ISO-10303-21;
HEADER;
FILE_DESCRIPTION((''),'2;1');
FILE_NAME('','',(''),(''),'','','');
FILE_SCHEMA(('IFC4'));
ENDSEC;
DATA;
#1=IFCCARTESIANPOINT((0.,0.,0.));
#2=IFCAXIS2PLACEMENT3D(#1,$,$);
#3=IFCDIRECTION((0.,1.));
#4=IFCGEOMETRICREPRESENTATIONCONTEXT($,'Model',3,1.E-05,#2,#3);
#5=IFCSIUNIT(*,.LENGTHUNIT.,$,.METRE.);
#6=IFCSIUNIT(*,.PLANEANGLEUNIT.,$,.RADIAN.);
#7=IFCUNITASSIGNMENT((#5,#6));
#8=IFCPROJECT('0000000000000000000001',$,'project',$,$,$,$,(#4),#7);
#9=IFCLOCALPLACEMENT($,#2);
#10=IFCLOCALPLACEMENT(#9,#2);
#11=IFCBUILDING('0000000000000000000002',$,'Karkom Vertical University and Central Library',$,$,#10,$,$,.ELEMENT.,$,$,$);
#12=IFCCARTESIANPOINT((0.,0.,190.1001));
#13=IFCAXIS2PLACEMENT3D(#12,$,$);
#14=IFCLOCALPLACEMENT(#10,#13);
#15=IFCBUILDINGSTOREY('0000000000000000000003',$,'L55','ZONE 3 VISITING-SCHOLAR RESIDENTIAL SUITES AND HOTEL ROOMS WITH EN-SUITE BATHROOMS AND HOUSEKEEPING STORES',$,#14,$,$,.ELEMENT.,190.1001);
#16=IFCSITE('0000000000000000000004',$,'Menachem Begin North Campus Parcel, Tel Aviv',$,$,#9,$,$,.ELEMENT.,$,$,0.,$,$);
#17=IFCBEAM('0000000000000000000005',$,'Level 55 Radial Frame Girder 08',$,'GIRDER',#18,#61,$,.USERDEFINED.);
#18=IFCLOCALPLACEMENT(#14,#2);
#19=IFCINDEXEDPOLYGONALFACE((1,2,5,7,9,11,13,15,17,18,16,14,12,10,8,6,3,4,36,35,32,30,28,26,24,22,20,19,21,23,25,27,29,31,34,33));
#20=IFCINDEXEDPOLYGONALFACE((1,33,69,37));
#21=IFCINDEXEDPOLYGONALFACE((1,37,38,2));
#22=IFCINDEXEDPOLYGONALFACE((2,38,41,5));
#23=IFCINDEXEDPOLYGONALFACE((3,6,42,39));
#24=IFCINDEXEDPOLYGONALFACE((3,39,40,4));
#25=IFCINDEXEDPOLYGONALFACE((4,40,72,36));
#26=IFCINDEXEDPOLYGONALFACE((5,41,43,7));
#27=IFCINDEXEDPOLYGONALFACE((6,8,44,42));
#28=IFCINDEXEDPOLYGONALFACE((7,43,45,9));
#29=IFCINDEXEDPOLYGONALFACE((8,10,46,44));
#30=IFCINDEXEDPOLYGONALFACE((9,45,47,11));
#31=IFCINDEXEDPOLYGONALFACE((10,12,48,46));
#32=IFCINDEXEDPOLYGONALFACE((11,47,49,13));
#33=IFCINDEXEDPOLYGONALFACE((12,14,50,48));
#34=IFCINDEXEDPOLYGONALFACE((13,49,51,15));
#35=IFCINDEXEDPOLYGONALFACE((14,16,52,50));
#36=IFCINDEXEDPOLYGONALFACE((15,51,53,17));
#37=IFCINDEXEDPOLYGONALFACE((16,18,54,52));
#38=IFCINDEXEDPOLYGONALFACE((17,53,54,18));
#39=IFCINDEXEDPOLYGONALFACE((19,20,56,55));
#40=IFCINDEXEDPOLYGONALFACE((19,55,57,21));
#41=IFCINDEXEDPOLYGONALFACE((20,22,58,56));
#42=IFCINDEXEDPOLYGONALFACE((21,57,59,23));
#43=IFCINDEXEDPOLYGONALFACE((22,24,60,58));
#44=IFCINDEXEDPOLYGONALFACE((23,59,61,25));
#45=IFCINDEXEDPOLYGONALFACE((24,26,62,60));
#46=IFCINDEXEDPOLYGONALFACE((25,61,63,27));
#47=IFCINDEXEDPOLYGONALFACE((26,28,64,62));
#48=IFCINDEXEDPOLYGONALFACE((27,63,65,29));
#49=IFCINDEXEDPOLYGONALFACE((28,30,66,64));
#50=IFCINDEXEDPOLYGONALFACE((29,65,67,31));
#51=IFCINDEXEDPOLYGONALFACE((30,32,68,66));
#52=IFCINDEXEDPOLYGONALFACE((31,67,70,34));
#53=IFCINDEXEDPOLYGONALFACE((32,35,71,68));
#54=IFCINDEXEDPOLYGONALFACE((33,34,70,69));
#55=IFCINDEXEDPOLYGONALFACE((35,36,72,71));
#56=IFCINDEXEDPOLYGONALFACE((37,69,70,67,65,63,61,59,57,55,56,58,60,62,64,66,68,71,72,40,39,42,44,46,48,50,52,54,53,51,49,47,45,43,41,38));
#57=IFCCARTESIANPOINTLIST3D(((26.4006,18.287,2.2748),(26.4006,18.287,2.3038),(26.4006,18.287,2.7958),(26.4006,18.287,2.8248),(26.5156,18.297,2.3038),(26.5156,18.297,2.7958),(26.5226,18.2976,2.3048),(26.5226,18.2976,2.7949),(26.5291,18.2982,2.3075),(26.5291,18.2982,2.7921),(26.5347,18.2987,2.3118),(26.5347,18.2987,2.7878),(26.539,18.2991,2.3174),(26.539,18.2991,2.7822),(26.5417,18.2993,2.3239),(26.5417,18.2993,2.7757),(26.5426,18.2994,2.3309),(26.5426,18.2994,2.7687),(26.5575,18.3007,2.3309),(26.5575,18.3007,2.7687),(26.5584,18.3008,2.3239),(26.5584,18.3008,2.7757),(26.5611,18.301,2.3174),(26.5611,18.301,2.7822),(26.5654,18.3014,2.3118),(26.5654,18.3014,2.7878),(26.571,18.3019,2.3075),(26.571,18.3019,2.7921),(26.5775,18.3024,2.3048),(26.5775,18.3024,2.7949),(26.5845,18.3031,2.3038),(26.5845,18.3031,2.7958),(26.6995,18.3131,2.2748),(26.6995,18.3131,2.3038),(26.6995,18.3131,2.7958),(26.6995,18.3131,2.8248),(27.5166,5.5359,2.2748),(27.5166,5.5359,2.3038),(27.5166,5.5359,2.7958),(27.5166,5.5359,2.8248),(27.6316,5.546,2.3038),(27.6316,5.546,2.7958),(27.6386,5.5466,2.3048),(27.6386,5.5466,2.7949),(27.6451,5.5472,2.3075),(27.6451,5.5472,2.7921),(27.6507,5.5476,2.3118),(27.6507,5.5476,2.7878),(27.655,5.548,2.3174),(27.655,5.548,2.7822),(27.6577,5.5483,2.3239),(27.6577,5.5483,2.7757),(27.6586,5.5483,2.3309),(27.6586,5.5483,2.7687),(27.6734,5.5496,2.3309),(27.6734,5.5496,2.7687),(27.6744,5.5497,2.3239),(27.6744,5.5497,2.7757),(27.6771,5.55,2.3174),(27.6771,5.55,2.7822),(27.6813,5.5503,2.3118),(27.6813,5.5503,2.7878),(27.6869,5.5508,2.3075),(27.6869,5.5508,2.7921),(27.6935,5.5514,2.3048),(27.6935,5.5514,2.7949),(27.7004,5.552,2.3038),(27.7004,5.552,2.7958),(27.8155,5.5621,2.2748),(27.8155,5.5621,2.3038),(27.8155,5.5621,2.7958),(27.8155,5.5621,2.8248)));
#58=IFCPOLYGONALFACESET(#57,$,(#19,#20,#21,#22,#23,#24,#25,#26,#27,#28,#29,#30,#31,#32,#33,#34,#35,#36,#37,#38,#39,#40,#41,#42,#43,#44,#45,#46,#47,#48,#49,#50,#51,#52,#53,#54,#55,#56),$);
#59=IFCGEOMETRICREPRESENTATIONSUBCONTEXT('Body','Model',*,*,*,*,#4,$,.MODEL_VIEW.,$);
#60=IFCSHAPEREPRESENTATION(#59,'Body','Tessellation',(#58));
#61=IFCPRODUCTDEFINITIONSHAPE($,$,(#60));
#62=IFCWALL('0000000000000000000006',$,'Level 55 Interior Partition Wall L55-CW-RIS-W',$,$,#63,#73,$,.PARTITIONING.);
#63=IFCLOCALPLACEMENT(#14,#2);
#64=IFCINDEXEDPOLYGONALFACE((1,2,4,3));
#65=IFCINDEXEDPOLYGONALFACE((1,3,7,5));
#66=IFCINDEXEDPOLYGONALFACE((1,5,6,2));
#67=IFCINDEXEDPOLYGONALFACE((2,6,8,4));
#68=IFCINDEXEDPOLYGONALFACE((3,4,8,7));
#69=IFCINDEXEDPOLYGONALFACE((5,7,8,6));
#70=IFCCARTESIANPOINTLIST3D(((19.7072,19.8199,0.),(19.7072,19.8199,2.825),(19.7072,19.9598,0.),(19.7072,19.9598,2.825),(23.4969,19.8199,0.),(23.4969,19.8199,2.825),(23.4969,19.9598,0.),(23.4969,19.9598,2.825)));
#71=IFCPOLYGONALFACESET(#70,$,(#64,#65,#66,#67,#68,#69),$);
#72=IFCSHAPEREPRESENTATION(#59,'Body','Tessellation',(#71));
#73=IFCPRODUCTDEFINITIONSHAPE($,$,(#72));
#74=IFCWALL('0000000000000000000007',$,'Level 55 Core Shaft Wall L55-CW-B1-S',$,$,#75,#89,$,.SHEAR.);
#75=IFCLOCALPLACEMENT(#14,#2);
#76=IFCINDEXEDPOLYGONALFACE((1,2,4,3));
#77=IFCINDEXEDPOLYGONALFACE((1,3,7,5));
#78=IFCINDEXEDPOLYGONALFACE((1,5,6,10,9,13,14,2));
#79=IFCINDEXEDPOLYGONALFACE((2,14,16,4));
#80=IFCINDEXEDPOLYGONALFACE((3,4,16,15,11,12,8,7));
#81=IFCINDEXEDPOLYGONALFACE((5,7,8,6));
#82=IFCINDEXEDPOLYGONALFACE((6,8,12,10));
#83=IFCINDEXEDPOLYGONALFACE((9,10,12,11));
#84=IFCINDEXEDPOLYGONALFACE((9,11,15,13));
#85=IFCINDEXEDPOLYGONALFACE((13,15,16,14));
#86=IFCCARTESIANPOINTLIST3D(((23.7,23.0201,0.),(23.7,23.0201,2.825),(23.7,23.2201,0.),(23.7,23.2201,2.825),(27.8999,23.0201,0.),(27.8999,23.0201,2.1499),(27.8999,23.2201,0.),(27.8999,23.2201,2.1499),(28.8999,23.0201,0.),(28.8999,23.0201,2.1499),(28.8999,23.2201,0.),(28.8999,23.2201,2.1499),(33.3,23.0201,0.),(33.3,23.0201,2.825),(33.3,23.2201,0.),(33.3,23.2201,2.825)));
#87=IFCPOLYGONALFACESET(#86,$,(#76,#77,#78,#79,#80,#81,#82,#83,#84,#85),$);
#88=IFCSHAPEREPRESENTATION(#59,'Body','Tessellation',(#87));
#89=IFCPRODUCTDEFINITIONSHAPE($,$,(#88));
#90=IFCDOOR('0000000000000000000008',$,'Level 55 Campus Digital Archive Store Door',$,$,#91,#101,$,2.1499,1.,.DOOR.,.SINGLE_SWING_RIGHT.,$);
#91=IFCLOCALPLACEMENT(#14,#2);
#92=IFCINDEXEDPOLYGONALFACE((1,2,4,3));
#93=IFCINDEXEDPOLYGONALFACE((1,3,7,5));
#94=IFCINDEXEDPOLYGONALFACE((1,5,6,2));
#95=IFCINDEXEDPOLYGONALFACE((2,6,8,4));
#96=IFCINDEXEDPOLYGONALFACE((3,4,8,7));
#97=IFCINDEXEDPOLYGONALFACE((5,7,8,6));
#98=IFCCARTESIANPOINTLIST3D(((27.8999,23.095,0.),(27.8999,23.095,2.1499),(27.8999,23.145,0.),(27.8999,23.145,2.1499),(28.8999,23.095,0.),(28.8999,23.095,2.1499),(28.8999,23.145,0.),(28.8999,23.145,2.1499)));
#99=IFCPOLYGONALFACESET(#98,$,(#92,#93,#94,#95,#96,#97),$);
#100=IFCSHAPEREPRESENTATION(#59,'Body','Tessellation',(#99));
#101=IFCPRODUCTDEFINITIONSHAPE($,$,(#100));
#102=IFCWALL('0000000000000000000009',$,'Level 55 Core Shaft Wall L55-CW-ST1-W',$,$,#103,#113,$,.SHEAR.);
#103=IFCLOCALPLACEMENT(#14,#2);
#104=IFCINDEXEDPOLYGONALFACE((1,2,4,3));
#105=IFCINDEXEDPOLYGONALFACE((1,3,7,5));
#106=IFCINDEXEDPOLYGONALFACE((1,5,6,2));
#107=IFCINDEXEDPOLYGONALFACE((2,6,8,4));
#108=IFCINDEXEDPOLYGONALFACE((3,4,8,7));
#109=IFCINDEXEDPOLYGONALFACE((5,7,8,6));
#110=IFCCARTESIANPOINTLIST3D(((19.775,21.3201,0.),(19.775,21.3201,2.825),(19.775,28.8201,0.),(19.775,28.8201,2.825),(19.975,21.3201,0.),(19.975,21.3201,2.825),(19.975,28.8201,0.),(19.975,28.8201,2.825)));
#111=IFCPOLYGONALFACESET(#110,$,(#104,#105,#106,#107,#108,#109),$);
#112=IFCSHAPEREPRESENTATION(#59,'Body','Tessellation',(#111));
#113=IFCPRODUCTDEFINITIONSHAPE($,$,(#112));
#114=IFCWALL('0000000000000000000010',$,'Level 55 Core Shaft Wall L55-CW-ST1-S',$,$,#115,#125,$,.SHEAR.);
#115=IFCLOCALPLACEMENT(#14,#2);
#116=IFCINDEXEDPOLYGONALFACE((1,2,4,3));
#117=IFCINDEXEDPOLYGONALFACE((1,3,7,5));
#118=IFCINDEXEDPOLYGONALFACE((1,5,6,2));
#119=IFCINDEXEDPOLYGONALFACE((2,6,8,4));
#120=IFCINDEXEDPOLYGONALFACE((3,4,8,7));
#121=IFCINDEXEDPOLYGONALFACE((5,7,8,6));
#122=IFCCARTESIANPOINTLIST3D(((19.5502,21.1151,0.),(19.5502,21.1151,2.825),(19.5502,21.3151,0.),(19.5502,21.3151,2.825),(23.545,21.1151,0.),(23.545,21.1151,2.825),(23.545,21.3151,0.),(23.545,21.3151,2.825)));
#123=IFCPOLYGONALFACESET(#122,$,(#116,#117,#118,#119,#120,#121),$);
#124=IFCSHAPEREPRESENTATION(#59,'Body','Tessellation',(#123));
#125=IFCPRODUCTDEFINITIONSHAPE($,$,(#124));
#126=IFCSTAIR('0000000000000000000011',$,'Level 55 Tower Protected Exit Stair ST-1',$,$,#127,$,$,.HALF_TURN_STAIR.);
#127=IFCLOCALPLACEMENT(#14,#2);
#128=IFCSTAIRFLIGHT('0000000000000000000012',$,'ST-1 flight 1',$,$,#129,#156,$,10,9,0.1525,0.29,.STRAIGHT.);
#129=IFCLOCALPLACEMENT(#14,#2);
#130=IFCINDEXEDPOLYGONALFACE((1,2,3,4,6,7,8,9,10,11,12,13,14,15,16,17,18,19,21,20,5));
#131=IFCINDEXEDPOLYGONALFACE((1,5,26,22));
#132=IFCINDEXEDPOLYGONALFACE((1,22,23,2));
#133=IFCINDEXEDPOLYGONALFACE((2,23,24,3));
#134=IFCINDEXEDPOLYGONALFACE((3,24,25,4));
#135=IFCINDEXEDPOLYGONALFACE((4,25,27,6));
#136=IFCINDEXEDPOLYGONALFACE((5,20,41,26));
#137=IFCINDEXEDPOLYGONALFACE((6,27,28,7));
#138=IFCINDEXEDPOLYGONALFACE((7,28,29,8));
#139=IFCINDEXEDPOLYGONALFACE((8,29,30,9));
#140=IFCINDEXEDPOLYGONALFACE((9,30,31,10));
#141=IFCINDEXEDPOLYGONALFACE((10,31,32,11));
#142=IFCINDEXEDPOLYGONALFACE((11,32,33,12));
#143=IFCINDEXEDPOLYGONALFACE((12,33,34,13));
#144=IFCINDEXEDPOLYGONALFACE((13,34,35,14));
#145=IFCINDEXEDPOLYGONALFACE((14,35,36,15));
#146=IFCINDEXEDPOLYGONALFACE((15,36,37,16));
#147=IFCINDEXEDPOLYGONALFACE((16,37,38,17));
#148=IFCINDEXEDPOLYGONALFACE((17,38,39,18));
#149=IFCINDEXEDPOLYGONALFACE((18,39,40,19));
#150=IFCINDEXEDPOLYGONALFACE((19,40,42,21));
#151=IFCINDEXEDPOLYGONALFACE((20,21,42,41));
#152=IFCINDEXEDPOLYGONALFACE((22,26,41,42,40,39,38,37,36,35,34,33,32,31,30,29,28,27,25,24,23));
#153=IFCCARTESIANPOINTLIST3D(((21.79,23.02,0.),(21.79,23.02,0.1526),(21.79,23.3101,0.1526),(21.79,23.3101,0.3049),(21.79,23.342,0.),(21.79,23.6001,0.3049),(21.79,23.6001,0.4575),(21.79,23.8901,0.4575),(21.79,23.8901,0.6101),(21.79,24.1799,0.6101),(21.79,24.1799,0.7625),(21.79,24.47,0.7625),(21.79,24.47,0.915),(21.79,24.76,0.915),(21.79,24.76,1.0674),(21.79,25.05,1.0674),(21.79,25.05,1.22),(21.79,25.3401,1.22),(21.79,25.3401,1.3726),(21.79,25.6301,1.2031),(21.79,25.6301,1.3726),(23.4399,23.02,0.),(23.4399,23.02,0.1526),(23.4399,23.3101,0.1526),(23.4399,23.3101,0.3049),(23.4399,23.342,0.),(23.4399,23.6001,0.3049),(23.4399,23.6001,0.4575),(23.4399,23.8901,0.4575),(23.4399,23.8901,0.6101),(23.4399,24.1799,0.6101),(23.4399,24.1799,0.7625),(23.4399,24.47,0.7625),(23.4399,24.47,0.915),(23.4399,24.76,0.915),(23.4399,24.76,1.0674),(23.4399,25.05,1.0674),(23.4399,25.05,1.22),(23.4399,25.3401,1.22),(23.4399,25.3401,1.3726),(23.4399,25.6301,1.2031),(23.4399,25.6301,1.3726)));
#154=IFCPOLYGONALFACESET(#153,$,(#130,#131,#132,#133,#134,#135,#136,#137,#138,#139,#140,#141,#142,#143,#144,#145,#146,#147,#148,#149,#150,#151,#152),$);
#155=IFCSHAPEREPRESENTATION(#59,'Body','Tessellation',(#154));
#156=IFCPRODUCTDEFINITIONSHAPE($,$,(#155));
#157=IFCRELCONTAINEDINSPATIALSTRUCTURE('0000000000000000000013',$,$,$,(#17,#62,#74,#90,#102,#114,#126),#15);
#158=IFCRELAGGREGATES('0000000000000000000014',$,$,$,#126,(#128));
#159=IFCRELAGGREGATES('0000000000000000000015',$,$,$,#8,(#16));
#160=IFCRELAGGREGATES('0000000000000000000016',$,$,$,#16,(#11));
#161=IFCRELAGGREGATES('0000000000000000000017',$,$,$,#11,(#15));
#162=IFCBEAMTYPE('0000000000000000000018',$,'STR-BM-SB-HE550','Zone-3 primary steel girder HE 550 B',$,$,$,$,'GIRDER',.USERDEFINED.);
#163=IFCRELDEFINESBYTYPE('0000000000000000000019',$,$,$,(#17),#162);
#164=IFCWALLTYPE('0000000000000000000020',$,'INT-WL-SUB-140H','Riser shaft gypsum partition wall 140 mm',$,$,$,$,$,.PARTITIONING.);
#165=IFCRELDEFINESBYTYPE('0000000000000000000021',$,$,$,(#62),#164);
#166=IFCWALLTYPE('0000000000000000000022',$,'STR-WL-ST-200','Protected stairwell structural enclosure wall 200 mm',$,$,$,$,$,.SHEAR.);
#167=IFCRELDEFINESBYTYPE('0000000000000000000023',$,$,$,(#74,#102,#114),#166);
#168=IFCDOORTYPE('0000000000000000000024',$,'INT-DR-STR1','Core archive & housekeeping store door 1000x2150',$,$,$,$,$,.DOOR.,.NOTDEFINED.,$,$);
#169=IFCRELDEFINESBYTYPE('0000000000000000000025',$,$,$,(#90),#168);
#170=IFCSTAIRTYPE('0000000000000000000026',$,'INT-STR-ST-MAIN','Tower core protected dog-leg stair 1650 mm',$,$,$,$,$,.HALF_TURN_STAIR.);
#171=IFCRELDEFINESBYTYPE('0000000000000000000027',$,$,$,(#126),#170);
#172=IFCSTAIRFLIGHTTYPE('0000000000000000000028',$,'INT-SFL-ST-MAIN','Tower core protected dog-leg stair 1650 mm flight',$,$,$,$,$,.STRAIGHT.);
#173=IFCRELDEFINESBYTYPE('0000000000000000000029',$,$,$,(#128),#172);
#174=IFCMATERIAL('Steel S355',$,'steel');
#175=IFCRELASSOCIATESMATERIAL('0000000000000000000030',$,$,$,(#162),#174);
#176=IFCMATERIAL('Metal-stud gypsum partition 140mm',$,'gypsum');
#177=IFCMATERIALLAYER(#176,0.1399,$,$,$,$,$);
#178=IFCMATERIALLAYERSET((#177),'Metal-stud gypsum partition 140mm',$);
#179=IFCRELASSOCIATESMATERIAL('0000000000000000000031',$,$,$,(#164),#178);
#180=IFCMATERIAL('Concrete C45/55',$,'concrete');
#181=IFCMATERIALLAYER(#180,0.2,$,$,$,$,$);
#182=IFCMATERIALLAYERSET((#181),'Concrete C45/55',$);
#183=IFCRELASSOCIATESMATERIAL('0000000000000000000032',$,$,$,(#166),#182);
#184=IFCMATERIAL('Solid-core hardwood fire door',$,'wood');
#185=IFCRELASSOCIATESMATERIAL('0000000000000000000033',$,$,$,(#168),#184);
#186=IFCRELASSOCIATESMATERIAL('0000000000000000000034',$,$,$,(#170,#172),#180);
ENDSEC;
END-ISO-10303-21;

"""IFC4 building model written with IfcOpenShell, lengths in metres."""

from ifc_helpers import new_model, si_unit, direction, frame, frame_2d, origin, origin_with_axes, origin_2d, place, context, subcontext, project, spatial, polyline, rectangle, i_section, outline, extrude, source, transform, mapped, material, layer, layer_set, material_profile, profile_set, type_object, element, fill, aggregate, save


model = new_model("IFC4")

# Units and contexts
model_context = context("Model", 3, precision=1e-05, world=origin(), true_north=direction((0.0, 1.0)))
body_context = subcontext(model_context, "Body", "Model", "MODEL_VIEW")
ifc_project = project(units=[si_unit("LENGTHUNIT", "METRE"), si_unit("PLANEANGLEUNIT", "RADIAN")], contexts=[model_context])

# Site, building, storey
site_placement = place(None, origin())
site = spatial("IfcSite", under=ifc_project, at=site_placement, Name="Menachem Begin North Campus Parcel, Tel Aviv", CompositionType="ELEMENT", RefElevation=0.0)
building_placement = place(site_placement, origin())
building = spatial("IfcBuilding", under=site, at=building_placement, Name="Karkom Vertical University and Central Library", CompositionType="ELEMENT")
storey_placement = place(building_placement, frame((0.0, 0.0, 190.1001)))
storey = spatial("IfcBuildingStorey", under=building, at=storey_placement, Name="L55", Description="ZONE 3 VISITING-SCHOLAR RESIDENTIAL SUITES AND HOTEL ROOMS WITH EN-SUITE BATHROOMS AND HOUSEKEEPING STORES", CompositionType="ELEMENT", Elevation=190.1001)

# Beam
ifc_material_1 = material(Name="Steel S355", Category="steel")
ifc_material_profile = material_profile(ifc_material_1, i_section(OverallWidth=0.3, OverallDepth=0.55, WebThickness=0.0149, FlangeThickness=0.0291, FilletRadius=0.0271, at=origin_2d()), Name="HE 550 B")
ifc_profile_set = profile_set([ifc_material_profile], Name="Steel S355")
beam_type = type_object("IfcBeamType", Name="STR-BM-SB-HE550", Description="Zone-3 primary steel girder HE 550 B", ElementType="GIRDER", PredefinedType="USERDEFINED", material=ifc_profile_set)
shared_shape_1 = source(origin_with_axes(), body_context, "Body", "SweptSolid", [
    extrude(i_section(OverallWidth=0.3, OverallDepth=0.55, WebThickness=0.0149, FlangeThickness=0.0291, FilletRadius=0.0271, at=origin_2d()), origin(), (0.0, 0.0, 1.0), 12.7998),
])
beam_placement = place(storey_placement, frame((26.55, 18.3, 2.5498), z_axis=(0.087187, -0.996192, 0.0), x_axis=(0.996192, 0.087187, 0.0)))
element("IfcBeam", 1, at=beam_placement, inside=storey, type_object=beam_type, Name="Level 55 Radial Frame Girder 08", ObjectType="GIRDER", PredefinedType="USERDEFINED", context=body_context, shape_type="MappedRepresentation", body=[
    mapped(shared_shape_1, transform((0.0, 0.0, 0.0), scale=1.0)),
])

# Wall
ifc_material_2 = material(Name="Metal-stud gypsum partition 140mm", Category="gypsum")
ifc_layer_1 = layer(ifc_material_2, 0.1399)
ifc_layer_set_1 = layer_set([ifc_layer_1], Name="Metal-stud gypsum partition 140mm")
wall_type_1 = type_object("IfcWallType", Name="INT-WL-SUB-140H", Description="Riser shaft gypsum partition wall 140 mm", PredefinedType="PARTITIONING", material=ifc_layer_set_1)
wall_1_placement = place(storey_placement, frame((19.707, 19.8899, 0.0), z_axis=(0.0, 0.0, 1.0), x_axis=(1.0, 0.0, 0.0)))
element("IfcWall", 2, at=wall_1_placement, inside=storey, type_object=wall_type_1, Name="Level 55 Interior Partition Wall L55-CW-RIS-W", PredefinedType="PARTITIONING", context=body_context, shape_type="SweptSolid", body=[
    extrude(rectangle(XDim=3.7898, YDim=0.1399, at=frame_2d((1.895, 0.0))), origin(), (0.0, 0.0, 1.0), 2.825),
])

# Shared definitions
ifc_material_3 = material(Name="Concrete C45/55", Category="concrete")
ifc_layer_2 = layer(ifc_material_3, 0.2)
ifc_layer_set_2 = layer_set([ifc_layer_2], Name="Concrete C45/55")
wall_type_2 = type_object("IfcWallType", Name="STR-WL-ST-200", Description="Protected stairwell structural enclosure wall 200 mm", PredefinedType="SHEAR", material=ifc_layer_set_2)

# Wall, opening, door
wall_2_placement = place(storey_placement, frame((23.7, 23.1201, 0.0), z_axis=(0.0, 0.0, 1.0), x_axis=(1.0, 0.0, 0.0)))
wall_2 = element("IfcWall", 3, at=wall_2_placement, inside=storey, type_object=wall_type_2, Name="Level 55 Core Shaft Wall L55-CW-B1-S", PredefinedType="SHEAR", context=body_context, shape_type="SweptSolid", body=[
    extrude(rectangle(XDim=9.6001, YDim=0.2, at=frame_2d((4.8, 0.0))), origin(), (0.0, 0.0, 1.0), 2.825),
])
opening_1_placement = place(wall_2_placement, frame((4.2, 0.0, 0.0)))
opening_1 = element("IfcOpeningElement", 4, at=opening_1_placement, cuts=wall_2, PredefinedType="OPENING", context=body_context, shape_type="SweptSolid", body=[
    extrude(rectangle(XDim=1.0, YDim=2.1499, at=frame_2d((0.5, 1.075))), frame((0.0, 0.1099, 0.0), z_axis=(0.0, -1.0, 0.0), x_axis=(1.0, 0.0, 0.0)), (0.0, 0.0, 1.0), 0.22),
])
ifc_material_4 = material(Name="Solid-core hardwood fire door", Category="wood")
door_type_1 = type_object("IfcDoorType", Name="INT-DR-STR1", Description="Core archive & housekeeping store door 1000x2150", OperationType="NOTDEFINED", PredefinedType="DOOR", material=ifc_material_4)
shared_shape_2 = source(origin_with_axes(), body_context, "Body", "SweptSolid", [
    extrude(rectangle(XDim=1.0, YDim=2.1499, at=frame_2d((0.5, 1.075))), frame((0.0, 0.0249, 0.0), z_axis=(0.0, -1.0, 0.0), x_axis=(1.0, 0.0, 0.0)), (0.0, 0.0, 1.0), 0.05),
])
door_1_placement = place(opening_1_placement, origin())
door_1 = element("IfcDoor", 5, at=door_1_placement, inside=storey, type_object=door_type_1, Name="Level 55 Campus Digital Archive Store Door", OperationType="SINGLE_SWING_RIGHT", OverallHeight=2.1499, OverallWidth=1.0, PredefinedType="DOOR", context=body_context, shape_type="MappedRepresentation", body=[
    mapped(shared_shape_2, transform((0.0, 0.0, 0.0), scale=1.0)),
])
fill(opening_1, door_1)

# Walls
wall_3_placement = place(storey_placement, frame((19.875, 21.3201, 0.0), z_axis=(0.0, 0.0, 1.0), x_axis=(0.0, 1.0, 0.0)))
element("IfcWall", 6, at=wall_3_placement, inside=storey, type_object=wall_type_2, Name="Level 55 Core Shaft Wall L55-CW-ST1-W", PredefinedType="SHEAR", context=body_context, shape_type="SweptSolid", body=[
    extrude(rectangle(XDim=7.5, YDim=0.2, at=frame_2d((3.75, 0.0))), origin(), (0.0, 0.0, 1.0), 2.825),
])
wall_4_placement = place(storey_placement, frame((19.55, 21.2151, 0.0), z_axis=(0.0, 0.0, 1.0), x_axis=(1.0, 0.0, 0.0)))
element("IfcWall", 7, at=wall_4_placement, inside=storey, type_object=wall_type_2, Name="Level 55 Core Shaft Wall L55-CW-ST1-S", PredefinedType="SHEAR", context=body_context, shape_type="SweptSolid", body=[
    extrude(rectangle(XDim=3.9949, YDim=0.2, at=frame_2d((1.9976, 0.0))), origin(), (0.0, 0.0, 1.0), 2.825),
])

# Stair, stair flight
stair_type = type_object("IfcStairType", Name="INT-STR-ST-MAIN", Description="Tower core protected dog-leg stair 1650 mm", PredefinedType="HALF_TURN_STAIR", material=ifc_material_3)
stair_placement = place(storey_placement, origin())
stair = element("IfcStair", 8, at=stair_placement, inside=storey, type_object=stair_type, Name="Level 55 Tower Protected Exit Stair ST-1", PredefinedType="HALF_TURN_STAIR")
stair_flight_type = type_object("IfcStairFlightType", Name="INT-SFL-ST-MAIN", Description="Tower core protected dog-leg stair 1650 mm flight", PredefinedType="STRAIGHT", material=ifc_material_3)
stair_flight_1_placement = place(storey_placement, frame((22.615, 23.02, 0.0), z_axis=(0.0, 0.0, 1.0), x_axis=(0.0, 1.0, 0.0)))
stair_flight_1 = element("IfcStairFlight", 9, at=stair_flight_1_placement, type_object=stair_flight_type, Name="ST-1 flight 1", NumberOfRisers=10, NumberOfTreads=9, PredefinedType="STRAIGHT", RiserHeight=0.1525, TreadLength=0.29, context=body_context, shape_type="SweptSolid", body=[
    extrude(outline(polyline([(0.0, 0.0), (0.0, 0.1526), (0.29, 0.1526), (0.29, 0.3049), (0.5801, 0.3049), (0.5801, 0.4575), (0.8701, 0.4575), (0.8701, 0.6101), (1.1599, 0.6101), (1.1599, 0.7625), (1.45, 0.7625), (1.45, 0.915), (1.74, 0.915), (1.74, 1.0674), (2.03, 1.0674), (2.03, 1.22), (2.3201, 1.22), (2.3201, 1.3726), (2.6101, 1.3726), (2.6101, 1.5249), (2.6101, 1.2031), (0.322, 0.0), (0.0, 0.0)])), frame((0.0, 0.825, 0.0), z_axis=(0.0, -1.0, 0.0), x_axis=(1.0, 0.0, 0.0)), (0.0, 0.0, 1.0), 1.6499),
])
aggregate(stair, [stair_flight_1])

save(model, "model.ifc")
